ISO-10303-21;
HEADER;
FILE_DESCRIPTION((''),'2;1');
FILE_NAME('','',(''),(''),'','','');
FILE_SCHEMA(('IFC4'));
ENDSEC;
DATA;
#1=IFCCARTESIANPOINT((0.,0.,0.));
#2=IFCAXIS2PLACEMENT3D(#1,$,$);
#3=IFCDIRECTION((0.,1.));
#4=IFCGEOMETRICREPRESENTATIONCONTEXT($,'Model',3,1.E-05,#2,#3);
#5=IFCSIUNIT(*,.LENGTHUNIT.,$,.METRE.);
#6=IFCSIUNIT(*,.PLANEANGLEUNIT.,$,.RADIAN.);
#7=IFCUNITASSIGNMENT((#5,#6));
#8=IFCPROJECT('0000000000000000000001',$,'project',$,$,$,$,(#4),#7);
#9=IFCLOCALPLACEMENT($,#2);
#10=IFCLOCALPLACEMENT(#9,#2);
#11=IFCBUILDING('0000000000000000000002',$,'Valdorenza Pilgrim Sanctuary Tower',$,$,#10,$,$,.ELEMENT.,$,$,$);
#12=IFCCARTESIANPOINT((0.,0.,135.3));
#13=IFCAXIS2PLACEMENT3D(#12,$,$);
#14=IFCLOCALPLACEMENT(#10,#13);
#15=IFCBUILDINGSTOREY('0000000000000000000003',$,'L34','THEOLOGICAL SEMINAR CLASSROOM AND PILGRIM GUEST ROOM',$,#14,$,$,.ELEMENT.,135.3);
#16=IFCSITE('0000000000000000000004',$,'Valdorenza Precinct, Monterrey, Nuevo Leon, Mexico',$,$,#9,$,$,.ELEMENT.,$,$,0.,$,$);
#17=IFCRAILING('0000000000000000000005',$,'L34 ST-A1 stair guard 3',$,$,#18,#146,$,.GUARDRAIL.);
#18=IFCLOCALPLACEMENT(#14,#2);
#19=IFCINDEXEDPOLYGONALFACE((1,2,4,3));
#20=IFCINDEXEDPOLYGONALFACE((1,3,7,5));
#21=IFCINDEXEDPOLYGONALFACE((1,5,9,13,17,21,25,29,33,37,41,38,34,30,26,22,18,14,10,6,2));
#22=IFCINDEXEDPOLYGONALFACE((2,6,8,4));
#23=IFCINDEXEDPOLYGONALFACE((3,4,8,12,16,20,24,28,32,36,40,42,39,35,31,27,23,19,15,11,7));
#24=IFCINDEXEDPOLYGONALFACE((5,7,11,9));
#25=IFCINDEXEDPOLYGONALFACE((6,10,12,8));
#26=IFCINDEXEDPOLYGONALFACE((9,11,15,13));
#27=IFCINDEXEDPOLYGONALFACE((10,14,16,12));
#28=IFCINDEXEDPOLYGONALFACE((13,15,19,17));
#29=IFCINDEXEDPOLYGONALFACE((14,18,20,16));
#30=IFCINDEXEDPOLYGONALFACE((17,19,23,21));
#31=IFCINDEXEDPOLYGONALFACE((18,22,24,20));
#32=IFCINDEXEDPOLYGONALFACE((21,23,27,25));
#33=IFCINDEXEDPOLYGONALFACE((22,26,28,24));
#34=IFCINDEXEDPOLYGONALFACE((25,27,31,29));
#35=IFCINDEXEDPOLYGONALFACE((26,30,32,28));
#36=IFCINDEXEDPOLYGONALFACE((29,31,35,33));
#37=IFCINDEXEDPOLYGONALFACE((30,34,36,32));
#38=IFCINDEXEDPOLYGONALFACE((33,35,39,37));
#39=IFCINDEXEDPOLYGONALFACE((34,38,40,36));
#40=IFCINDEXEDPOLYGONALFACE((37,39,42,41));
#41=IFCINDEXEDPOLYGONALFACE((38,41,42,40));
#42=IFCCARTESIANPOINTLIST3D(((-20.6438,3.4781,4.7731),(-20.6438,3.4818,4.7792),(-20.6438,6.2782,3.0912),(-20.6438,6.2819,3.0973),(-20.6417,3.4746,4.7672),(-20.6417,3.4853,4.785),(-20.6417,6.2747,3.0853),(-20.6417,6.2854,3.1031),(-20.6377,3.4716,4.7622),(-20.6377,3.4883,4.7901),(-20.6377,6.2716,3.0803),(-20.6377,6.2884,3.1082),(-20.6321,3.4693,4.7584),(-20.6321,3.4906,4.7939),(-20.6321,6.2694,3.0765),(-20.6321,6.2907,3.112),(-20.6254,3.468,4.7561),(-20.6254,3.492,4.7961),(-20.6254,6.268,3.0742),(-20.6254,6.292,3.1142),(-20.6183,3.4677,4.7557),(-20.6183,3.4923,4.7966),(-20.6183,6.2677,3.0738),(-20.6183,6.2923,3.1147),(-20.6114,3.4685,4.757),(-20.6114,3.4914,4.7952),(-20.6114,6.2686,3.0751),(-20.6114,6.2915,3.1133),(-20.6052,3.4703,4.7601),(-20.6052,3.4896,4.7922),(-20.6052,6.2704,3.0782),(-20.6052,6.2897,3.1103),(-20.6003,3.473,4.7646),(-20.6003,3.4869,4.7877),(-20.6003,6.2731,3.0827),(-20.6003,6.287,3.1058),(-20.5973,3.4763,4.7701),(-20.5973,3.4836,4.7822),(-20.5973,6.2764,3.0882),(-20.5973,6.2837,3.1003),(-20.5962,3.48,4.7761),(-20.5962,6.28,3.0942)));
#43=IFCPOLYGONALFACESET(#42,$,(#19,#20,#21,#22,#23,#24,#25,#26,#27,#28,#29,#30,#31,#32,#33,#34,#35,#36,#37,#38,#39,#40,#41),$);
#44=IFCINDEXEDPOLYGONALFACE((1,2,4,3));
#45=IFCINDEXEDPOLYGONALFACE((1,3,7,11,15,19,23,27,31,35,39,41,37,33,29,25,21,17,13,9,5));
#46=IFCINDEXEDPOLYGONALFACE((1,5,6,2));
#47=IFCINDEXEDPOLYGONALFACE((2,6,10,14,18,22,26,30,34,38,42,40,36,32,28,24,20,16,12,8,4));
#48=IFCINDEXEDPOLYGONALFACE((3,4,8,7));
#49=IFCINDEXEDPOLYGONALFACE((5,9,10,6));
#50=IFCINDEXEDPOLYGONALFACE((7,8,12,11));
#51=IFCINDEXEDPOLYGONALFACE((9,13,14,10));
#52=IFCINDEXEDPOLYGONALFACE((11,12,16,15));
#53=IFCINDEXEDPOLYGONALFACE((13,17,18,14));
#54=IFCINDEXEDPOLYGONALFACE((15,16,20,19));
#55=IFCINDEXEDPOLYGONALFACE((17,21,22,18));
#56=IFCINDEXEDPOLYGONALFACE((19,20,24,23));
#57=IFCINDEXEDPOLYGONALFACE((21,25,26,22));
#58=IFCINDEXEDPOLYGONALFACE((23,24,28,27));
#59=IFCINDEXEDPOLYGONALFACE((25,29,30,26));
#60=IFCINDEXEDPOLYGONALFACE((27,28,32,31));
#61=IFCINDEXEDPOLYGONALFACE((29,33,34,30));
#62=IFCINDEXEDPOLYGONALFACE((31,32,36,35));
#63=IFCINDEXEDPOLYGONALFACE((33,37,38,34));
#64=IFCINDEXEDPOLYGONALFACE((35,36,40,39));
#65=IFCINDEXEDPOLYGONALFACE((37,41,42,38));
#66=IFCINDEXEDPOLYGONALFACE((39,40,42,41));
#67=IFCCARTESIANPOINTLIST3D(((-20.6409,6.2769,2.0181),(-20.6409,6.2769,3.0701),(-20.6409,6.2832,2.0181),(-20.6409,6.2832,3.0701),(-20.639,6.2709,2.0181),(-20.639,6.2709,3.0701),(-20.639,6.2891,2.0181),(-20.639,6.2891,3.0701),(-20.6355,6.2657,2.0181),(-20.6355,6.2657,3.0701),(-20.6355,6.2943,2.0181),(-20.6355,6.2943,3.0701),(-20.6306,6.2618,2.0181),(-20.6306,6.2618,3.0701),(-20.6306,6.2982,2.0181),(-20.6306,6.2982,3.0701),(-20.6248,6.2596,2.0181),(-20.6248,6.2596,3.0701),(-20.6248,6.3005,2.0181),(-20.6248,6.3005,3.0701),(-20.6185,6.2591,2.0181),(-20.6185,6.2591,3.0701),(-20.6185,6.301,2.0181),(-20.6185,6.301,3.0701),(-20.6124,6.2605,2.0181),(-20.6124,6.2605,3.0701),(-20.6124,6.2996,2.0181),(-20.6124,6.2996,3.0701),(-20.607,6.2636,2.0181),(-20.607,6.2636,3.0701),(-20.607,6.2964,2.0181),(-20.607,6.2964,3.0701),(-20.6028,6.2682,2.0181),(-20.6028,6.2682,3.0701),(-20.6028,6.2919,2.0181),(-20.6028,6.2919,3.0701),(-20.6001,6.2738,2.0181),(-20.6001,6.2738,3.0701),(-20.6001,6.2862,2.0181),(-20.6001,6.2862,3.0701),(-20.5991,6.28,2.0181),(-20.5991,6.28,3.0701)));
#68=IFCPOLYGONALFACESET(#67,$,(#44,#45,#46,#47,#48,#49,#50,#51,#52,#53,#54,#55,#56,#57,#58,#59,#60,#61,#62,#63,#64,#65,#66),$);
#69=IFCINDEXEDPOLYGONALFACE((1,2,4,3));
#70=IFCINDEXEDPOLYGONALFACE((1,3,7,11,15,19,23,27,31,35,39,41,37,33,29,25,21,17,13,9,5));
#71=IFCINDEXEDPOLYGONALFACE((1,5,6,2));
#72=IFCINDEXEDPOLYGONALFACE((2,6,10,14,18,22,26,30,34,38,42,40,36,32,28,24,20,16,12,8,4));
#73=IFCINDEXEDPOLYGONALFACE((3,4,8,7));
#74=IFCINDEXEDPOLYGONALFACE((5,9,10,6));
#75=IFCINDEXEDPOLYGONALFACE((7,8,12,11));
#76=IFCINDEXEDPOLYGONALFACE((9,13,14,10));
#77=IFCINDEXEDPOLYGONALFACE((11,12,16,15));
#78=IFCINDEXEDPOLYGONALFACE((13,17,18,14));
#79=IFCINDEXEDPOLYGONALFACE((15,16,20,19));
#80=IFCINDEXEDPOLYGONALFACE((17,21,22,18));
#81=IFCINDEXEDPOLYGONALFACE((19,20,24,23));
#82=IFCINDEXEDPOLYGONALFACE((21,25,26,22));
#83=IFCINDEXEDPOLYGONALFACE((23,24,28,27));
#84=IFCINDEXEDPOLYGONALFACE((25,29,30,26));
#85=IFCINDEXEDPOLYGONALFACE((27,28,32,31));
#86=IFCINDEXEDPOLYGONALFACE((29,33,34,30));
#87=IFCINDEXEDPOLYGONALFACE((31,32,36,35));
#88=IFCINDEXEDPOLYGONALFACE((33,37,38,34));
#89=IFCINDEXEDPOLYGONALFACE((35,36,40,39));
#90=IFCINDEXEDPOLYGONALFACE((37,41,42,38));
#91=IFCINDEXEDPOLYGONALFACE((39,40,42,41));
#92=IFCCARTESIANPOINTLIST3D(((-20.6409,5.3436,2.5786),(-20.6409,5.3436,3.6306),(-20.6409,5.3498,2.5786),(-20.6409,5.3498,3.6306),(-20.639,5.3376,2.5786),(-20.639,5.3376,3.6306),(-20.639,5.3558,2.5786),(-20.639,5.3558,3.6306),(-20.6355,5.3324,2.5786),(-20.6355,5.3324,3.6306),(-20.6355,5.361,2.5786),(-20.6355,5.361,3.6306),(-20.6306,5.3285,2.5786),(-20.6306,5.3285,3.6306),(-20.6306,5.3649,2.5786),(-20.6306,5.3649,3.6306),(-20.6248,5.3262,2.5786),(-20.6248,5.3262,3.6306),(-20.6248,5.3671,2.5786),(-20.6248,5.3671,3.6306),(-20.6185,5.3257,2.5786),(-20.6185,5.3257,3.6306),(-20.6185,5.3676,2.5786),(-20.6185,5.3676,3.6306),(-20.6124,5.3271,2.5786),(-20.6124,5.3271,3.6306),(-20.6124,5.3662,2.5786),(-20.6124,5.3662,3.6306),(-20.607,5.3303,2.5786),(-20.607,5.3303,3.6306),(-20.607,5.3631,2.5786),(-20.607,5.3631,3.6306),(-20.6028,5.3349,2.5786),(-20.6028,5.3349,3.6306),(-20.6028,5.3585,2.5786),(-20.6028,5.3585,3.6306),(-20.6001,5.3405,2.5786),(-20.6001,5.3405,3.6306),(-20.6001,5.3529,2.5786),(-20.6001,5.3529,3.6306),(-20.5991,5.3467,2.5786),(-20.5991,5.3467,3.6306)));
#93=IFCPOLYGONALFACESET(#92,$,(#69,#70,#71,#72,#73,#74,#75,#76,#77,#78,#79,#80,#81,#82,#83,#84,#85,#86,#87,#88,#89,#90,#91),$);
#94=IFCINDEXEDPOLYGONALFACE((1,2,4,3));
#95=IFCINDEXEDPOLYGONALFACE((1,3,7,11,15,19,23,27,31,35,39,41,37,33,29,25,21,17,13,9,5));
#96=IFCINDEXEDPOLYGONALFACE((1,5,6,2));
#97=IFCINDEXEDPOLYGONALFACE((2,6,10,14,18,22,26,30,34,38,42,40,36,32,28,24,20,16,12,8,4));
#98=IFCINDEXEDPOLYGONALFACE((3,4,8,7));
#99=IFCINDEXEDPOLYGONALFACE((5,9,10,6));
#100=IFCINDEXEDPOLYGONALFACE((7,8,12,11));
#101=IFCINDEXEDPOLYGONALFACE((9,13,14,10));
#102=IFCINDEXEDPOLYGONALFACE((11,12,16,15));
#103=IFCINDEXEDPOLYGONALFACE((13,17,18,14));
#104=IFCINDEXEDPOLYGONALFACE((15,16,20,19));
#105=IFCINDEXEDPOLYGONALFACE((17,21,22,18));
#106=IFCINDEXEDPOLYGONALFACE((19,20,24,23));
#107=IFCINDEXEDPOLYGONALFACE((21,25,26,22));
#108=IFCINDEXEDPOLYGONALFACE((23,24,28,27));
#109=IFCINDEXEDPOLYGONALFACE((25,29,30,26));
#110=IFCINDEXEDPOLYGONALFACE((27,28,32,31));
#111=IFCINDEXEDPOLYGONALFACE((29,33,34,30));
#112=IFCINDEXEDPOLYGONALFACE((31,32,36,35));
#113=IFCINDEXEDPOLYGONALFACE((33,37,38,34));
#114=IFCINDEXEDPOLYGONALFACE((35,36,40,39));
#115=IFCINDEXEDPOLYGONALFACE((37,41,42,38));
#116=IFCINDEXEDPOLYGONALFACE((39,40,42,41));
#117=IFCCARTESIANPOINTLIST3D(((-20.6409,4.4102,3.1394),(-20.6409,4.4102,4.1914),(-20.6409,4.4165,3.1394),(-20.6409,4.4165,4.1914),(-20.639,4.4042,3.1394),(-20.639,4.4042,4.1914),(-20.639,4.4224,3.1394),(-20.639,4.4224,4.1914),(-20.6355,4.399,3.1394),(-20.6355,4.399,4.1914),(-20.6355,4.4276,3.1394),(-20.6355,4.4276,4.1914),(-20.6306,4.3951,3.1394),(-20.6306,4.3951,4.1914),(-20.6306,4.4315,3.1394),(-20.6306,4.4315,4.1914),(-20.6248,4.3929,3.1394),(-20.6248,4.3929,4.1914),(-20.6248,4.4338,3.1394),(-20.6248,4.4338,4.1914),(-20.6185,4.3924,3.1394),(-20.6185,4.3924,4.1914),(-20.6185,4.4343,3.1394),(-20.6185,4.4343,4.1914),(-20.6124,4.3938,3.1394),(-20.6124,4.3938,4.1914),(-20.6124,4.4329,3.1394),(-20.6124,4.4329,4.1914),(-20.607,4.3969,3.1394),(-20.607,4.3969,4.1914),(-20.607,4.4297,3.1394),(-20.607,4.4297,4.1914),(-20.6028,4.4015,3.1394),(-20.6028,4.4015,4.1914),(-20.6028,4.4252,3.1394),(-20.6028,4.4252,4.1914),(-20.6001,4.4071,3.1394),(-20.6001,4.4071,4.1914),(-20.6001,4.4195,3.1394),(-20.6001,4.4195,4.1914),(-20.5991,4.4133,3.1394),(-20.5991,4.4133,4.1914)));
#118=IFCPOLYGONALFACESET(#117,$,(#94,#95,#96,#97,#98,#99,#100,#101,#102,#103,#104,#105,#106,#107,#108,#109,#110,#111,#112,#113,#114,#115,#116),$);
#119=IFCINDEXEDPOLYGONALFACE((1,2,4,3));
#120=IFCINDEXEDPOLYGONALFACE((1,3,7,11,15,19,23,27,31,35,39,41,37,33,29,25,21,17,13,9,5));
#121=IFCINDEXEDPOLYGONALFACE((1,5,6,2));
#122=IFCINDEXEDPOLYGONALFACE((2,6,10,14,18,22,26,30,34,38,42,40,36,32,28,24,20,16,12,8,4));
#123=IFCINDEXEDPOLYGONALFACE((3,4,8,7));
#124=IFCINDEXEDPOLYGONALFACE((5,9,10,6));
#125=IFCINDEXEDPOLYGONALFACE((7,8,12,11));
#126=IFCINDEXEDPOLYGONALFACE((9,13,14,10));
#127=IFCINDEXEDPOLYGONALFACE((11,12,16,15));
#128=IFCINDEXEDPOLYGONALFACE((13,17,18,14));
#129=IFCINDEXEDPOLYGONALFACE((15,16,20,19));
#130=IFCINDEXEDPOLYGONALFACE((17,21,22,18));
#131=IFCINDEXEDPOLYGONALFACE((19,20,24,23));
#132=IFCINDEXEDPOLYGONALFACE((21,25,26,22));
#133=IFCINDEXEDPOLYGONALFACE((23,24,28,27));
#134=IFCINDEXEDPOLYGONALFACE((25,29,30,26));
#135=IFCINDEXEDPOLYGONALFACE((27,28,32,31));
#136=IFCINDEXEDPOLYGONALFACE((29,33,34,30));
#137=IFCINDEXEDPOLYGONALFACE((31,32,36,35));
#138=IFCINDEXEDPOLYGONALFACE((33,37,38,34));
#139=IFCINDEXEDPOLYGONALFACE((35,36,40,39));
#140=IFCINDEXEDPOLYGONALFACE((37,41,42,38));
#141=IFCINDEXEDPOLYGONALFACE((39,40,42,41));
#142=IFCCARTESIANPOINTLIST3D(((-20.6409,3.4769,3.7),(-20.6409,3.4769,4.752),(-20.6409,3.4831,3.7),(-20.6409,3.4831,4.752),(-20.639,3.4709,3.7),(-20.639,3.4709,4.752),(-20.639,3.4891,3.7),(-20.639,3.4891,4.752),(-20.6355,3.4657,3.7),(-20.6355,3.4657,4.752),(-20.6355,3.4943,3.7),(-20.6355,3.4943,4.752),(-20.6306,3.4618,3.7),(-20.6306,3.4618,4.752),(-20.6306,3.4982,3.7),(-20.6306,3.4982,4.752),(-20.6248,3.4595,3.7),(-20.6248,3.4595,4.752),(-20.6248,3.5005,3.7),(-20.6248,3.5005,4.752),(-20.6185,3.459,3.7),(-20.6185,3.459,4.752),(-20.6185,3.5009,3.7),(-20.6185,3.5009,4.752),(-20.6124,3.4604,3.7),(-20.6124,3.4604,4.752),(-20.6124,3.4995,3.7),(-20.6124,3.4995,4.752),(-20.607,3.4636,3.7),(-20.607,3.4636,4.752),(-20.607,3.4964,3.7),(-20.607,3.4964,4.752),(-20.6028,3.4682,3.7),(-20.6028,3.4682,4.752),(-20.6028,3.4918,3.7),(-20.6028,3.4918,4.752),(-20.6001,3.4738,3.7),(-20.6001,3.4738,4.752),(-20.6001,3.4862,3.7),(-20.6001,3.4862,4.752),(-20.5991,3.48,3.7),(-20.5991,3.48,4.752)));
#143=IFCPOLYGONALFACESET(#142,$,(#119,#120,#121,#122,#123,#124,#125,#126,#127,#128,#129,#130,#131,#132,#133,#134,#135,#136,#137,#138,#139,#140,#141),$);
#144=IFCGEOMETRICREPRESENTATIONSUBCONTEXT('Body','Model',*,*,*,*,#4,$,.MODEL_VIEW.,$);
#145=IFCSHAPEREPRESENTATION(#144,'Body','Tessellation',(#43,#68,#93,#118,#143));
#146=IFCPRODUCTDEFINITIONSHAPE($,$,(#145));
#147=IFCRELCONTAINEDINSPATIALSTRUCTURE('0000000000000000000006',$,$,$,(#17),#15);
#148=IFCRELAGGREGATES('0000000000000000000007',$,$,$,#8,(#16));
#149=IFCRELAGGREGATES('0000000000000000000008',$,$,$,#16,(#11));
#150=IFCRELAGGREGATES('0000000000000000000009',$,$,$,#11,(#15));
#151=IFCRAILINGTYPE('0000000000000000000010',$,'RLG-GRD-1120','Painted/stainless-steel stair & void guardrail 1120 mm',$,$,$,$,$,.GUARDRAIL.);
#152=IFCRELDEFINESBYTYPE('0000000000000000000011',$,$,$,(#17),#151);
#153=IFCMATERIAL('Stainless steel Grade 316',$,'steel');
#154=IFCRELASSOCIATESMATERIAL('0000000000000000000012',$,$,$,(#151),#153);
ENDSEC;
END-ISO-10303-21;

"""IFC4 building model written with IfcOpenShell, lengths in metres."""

from ifc_helpers import new_model, si_unit, direction, frame, origin, origin_2d, place, context, subcontext, project, spatial, circle, extrude, material, type_object, element, save


model = new_model("IFC4")

# Units and contexts
model_context = context("Model", 3, precision=1e-05, world=origin(), true_north=direction((0.0, 1.0)))
body_context = subcontext(model_context, "Body", "Model", "MODEL_VIEW")
ifc_project = project(units=[si_unit("LENGTHUNIT", "METRE"), si_unit("PLANEANGLEUNIT", "RADIAN")], contexts=[model_context])

# Site, building, storey
site_placement = place(None, origin())
site = spatial("IfcSite", under=ifc_project, at=site_placement, Name="Valdorenza Precinct, Monterrey, Nuevo Leon, Mexico", CompositionType="ELEMENT", RefElevation=0.0)
building_placement = place(site_placement, origin())
building = spatial("IfcBuilding", under=site, at=building_placement, Name="Valdorenza Pilgrim Sanctuary Tower", CompositionType="ELEMENT")
storey_placement = place(building_placement, frame((0.0, 0.0, 135.3)))
storey = spatial("IfcBuildingStorey", under=building, at=storey_placement, Name="L34", Description="THEOLOGICAL SEMINAR CLASSROOM AND PILGRIM GUEST ROOM", CompositionType="ELEMENT", Elevation=135.3)

# Railing
ifc_material_1 = material(Name="Stainless steel Grade 316", Category="steel")
railing_type_1 = type_object("IfcRailingType", Name="RLG-GRD-1120", Description="Painted/stainless-steel stair & void guardrail 1120 mm", PredefinedType="GUARDRAIL", material=ifc_material_1)
railing_1_placement = place(storey_placement, frame((-20.6201, 6.28, 2.0181)))
element("IfcRailing", 1, at=railing_1_placement, inside=storey, type_object=railing_type_1, Name="L34 ST-A1 stair guard 3", PredefinedType="GUARDRAIL", context=body_context, shape_type="SweptSolid", body=[
    extrude(circle(Radius=0.0239, at=origin_2d()), frame((0.0, 0.0, 1.0762), z_axis=(0.0, -0.857242, 0.514913), x_axis=(1.0, 0.0, 0.0)), (0.0, 0.0, 1.0), 3.2664),
    extrude(circle(Radius=0.021, at=origin_2d()), origin(), (0.0, 0.0, 1.0), 1.052),
    extrude(circle(Radius=0.021, at=origin_2d()), frame((0.0, -0.9333, 0.5605)), (0.0, 0.0, 1.0), 1.052),
    extrude(circle(Radius=0.021, at=origin_2d()), frame((0.0, -1.8667, 1.1213)), (0.0, 0.0, 1.0), 1.052),
    extrude(circle(Radius=0.021, at=origin_2d()), frame((0.0, -2.8, 1.6819)), (0.0, 0.0, 1.0), 1.052),
])

save(model, "model.ifc")
